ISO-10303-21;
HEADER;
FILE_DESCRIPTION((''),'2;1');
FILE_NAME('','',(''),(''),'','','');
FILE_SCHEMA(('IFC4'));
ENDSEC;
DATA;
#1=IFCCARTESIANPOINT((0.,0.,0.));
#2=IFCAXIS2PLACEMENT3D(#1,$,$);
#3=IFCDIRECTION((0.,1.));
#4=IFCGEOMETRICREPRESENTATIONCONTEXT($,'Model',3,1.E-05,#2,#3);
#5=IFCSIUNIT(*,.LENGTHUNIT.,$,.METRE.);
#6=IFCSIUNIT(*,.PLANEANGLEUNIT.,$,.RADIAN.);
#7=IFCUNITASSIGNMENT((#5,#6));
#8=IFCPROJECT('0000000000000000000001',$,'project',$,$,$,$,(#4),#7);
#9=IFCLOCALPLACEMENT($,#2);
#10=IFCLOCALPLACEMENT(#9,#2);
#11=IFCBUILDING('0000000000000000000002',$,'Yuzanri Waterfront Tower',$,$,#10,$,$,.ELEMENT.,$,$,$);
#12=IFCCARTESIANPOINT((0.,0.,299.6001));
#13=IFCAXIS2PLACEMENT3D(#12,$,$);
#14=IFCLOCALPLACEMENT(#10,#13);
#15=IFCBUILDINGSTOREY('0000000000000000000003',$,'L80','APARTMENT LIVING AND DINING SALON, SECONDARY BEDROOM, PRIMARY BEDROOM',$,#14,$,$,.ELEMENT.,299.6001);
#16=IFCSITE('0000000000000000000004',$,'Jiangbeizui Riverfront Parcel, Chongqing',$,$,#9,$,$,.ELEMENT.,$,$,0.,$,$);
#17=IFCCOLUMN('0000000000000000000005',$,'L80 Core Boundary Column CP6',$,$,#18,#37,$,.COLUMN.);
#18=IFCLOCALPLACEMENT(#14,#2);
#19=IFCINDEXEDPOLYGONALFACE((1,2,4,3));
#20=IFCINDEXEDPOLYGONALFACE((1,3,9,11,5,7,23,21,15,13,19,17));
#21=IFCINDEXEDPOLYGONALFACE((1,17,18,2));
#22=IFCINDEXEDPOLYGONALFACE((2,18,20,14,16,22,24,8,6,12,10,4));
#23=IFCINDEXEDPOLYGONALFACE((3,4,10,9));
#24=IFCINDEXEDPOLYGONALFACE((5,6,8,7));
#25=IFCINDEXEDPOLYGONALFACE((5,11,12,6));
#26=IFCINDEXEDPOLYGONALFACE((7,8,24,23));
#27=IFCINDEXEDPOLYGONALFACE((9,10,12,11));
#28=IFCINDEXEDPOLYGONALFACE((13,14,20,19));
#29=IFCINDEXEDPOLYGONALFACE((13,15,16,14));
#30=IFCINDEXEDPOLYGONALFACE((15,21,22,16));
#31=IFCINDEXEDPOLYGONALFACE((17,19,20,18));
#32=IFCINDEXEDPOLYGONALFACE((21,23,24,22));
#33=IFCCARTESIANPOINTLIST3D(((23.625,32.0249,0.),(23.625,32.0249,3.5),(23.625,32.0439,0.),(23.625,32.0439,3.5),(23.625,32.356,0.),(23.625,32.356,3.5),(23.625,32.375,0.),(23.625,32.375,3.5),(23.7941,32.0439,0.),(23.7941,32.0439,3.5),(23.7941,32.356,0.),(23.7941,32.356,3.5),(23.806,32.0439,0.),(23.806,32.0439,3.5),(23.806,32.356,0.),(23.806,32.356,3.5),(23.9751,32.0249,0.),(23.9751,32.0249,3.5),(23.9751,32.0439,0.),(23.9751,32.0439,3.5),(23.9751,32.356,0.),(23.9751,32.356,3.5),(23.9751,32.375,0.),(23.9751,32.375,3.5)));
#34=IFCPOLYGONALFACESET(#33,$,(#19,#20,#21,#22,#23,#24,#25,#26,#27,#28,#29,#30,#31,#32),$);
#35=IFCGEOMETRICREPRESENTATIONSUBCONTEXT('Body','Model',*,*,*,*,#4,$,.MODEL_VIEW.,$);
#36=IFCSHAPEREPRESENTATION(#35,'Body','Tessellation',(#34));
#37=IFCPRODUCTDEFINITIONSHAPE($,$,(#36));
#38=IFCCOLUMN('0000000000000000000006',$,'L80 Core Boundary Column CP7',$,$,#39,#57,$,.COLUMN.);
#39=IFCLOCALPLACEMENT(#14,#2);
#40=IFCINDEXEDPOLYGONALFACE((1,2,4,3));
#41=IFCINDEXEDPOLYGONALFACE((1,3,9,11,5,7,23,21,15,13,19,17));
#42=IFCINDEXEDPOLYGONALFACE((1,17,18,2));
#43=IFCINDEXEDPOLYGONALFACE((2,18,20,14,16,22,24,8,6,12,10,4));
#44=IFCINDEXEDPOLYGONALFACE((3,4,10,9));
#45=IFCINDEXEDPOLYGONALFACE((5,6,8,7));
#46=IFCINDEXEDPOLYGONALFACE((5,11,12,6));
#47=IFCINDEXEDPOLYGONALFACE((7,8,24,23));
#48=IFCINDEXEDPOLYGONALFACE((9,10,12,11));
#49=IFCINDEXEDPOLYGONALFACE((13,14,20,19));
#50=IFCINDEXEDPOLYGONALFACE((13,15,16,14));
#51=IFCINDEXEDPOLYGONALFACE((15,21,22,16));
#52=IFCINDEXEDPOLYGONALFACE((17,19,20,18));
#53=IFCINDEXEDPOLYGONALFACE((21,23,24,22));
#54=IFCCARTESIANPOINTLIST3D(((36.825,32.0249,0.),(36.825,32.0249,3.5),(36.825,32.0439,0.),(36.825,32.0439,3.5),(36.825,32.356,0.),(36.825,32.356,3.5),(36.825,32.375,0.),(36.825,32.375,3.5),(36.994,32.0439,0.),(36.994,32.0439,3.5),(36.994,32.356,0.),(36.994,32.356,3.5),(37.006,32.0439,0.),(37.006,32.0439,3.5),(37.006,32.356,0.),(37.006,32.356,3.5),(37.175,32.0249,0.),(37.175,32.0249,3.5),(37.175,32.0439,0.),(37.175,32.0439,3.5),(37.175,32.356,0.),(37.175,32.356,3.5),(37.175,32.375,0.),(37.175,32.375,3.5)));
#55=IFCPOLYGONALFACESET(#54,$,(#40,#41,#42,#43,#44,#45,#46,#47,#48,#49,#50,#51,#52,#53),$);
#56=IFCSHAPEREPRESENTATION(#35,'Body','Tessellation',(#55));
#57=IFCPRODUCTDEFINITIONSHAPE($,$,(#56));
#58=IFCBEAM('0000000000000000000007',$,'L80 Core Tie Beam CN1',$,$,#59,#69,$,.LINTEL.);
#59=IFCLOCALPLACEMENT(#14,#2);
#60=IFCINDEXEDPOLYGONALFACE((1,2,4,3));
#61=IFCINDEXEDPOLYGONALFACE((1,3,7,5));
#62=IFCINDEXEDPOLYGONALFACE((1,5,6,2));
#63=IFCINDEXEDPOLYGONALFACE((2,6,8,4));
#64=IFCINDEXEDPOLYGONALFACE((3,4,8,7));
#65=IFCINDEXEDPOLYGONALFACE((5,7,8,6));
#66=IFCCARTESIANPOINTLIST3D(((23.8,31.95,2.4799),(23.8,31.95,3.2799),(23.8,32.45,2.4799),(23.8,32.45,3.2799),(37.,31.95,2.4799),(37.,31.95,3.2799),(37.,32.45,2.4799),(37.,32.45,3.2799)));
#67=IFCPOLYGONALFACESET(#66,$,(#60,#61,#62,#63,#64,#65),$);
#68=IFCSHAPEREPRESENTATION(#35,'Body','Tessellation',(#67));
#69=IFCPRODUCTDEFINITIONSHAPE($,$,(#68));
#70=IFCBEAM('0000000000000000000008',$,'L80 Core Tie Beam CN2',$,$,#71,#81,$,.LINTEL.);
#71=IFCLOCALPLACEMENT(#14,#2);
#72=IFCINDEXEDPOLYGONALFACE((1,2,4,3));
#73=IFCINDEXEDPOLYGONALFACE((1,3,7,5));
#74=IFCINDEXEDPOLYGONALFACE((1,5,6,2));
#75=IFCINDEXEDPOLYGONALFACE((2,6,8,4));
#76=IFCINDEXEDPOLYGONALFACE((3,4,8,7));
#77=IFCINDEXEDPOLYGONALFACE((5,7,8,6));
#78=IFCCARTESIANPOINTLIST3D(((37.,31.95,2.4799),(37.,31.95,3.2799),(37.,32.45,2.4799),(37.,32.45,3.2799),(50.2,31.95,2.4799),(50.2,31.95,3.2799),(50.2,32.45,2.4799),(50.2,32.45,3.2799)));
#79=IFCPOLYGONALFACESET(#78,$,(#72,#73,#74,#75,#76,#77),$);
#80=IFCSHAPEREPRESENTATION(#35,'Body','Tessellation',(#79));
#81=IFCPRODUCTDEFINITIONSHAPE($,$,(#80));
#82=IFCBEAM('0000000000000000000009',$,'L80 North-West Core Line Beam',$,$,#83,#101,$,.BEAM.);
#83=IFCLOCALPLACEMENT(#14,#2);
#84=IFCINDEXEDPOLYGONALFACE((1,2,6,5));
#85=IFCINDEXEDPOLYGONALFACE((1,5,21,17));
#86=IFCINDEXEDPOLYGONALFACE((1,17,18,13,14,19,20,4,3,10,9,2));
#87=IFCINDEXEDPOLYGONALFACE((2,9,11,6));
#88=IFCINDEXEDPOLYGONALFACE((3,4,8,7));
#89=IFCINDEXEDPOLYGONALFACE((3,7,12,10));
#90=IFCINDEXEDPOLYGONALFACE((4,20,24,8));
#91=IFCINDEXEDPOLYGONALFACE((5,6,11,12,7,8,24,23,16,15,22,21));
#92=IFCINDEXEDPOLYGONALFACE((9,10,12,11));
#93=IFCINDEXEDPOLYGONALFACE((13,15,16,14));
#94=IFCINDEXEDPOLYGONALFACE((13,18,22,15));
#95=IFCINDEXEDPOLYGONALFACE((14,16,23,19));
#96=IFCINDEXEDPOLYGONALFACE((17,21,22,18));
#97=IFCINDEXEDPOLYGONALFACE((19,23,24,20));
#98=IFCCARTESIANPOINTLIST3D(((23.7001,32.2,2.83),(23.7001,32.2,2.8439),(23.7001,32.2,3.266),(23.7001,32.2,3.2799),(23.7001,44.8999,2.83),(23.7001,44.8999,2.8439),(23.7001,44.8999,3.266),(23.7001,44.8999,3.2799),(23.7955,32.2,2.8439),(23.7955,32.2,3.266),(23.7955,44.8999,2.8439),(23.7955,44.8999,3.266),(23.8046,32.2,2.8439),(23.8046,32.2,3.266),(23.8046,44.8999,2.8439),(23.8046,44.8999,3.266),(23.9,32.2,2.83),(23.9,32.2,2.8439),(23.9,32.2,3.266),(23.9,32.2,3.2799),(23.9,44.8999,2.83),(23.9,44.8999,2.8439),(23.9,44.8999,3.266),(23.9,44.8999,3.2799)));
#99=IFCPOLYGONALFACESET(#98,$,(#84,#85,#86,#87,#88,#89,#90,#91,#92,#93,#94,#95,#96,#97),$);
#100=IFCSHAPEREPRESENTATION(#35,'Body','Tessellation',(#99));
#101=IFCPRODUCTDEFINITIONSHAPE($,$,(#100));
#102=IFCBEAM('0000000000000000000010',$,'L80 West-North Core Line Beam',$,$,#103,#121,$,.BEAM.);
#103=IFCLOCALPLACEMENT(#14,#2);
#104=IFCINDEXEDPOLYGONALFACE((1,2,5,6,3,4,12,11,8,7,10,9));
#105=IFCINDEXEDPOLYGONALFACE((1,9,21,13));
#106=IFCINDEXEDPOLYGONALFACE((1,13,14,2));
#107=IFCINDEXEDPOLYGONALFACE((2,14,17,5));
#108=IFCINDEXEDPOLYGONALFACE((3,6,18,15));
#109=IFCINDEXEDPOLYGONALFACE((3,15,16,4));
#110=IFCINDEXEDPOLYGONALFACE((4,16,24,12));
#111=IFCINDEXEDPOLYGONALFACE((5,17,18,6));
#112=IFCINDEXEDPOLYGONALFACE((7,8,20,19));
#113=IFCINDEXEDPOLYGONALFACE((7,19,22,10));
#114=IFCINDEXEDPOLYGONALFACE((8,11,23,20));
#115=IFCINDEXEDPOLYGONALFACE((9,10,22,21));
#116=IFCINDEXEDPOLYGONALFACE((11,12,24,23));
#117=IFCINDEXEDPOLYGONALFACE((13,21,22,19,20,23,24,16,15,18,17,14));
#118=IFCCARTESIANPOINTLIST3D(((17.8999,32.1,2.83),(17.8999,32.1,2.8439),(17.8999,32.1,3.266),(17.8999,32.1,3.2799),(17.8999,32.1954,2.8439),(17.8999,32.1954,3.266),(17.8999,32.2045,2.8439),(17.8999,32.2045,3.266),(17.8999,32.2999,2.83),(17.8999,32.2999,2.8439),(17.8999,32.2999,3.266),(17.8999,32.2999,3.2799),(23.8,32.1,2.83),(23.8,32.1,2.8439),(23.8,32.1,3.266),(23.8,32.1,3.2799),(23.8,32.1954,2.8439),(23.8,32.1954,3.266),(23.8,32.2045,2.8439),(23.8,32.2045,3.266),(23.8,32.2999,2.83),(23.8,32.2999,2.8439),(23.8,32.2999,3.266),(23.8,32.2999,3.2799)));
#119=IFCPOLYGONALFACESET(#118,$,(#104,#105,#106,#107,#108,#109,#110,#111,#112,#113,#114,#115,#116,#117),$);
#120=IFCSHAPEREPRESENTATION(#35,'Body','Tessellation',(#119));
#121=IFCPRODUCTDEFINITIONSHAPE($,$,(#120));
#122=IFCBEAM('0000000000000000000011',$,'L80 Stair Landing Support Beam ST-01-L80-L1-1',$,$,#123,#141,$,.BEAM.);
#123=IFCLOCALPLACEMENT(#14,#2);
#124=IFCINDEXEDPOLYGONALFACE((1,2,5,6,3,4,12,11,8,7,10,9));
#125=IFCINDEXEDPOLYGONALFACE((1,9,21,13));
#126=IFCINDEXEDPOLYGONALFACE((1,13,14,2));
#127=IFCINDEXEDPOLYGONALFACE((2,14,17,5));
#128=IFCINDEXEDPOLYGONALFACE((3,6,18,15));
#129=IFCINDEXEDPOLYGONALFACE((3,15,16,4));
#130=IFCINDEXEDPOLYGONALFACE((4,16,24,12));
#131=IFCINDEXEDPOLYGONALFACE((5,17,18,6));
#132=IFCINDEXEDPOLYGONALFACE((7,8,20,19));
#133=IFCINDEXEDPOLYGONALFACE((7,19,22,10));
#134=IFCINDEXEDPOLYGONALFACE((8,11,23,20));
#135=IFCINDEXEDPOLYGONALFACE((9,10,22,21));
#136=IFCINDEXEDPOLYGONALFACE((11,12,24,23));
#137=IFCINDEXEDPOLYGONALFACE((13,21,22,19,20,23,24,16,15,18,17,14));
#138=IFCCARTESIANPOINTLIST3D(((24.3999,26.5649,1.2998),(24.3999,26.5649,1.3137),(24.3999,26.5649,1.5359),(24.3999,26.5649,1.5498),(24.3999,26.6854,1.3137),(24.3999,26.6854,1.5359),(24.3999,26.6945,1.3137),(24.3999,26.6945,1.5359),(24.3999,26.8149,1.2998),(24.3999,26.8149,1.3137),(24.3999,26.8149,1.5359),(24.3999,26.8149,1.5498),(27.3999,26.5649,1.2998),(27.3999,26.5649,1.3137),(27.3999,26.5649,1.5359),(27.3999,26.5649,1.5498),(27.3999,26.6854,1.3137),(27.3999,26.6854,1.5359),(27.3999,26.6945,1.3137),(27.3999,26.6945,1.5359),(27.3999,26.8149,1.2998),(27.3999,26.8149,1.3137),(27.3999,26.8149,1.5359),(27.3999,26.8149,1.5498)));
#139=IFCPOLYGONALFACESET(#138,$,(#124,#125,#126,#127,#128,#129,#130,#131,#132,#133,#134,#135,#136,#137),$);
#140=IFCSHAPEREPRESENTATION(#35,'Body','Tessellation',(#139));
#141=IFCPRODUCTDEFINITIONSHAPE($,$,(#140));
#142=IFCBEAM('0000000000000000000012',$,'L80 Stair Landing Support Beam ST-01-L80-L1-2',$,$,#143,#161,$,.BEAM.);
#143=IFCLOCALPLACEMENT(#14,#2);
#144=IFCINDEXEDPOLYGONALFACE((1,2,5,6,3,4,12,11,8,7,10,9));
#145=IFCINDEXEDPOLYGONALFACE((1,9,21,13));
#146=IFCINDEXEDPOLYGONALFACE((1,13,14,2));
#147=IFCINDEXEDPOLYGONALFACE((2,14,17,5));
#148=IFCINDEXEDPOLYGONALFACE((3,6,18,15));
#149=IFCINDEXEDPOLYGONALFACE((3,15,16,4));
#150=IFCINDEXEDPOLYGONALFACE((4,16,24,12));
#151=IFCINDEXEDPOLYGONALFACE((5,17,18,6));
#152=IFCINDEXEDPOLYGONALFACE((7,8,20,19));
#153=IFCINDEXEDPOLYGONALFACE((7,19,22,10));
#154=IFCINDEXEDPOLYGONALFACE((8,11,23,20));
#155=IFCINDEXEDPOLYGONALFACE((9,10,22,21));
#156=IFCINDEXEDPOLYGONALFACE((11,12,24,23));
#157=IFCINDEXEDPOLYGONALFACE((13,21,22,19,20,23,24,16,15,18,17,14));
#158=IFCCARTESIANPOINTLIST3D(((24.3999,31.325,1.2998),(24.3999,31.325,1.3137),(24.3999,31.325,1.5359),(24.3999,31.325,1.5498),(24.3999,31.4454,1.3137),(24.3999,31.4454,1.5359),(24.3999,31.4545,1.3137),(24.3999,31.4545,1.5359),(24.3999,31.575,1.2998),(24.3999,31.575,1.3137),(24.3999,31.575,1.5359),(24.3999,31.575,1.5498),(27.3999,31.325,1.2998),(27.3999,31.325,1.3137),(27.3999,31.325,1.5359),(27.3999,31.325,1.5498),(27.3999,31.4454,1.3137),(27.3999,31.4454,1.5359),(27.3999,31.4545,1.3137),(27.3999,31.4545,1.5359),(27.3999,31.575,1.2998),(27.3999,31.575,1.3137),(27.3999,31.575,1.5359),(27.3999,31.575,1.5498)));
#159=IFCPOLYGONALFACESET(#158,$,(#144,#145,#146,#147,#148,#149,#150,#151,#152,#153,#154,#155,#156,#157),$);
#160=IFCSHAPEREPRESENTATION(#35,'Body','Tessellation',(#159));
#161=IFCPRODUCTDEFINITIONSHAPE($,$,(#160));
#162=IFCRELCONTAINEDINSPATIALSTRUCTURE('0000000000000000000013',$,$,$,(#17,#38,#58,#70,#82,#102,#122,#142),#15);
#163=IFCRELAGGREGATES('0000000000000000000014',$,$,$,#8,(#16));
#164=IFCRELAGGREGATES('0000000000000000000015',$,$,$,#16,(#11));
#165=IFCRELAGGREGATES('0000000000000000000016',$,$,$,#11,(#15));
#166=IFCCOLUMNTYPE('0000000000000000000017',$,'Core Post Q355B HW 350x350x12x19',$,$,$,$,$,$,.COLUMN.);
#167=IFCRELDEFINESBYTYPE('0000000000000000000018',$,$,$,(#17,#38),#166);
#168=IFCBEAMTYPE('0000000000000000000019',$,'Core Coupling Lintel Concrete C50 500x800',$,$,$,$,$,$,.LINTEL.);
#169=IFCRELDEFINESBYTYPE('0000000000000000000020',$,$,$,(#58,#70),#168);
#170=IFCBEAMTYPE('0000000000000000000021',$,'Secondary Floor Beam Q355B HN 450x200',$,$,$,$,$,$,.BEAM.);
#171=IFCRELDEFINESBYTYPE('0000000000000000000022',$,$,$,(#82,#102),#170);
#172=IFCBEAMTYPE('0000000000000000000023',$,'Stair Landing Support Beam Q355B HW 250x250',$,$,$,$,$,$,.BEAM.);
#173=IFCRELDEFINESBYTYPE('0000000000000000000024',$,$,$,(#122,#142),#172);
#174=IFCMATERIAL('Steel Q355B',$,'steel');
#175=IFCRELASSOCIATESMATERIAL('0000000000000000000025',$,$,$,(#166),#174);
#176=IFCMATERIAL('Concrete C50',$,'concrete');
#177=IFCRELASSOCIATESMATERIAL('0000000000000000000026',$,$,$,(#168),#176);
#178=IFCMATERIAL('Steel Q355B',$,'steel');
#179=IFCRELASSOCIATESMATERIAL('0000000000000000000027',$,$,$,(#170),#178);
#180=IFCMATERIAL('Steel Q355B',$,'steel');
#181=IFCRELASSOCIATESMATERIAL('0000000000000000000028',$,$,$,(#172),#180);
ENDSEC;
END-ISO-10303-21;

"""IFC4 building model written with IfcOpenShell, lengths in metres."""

from ifc_helpers import new_model, si_unit, direction, frame, origin, origin_2d, place, context, subcontext, project, spatial, rectangle, i_section, extrude, source, transform, mapped, material, material_profile, profile_set, type_object, element, save


model = new_model("IFC4")

# Units and contexts
model_context = context("Model", 3, precision=1e-05, world=origin(), true_north=direction((0.0, 1.0)))
body_context = subcontext(model_context, "Body", "Model", "MODEL_VIEW")
ifc_project = project(units=[si_unit("LENGTHUNIT", "METRE"), si_unit("PLANEANGLEUNIT", "RADIAN")], contexts=[model_context])

# Site, building, storey
site_placement = place(None, origin())
site = spatial("IfcSite", under=ifc_project, at=site_placement, Name="Jiangbeizui Riverfront Parcel, Chongqing", CompositionType="ELEMENT", RefElevation=0.0)
building_placement = place(site_placement, origin())
building = spatial("IfcBuilding", under=site, at=building_placement, Name="Yuzanri Waterfront Tower", CompositionType="ELEMENT")
storey_placement = place(building_placement, frame((0.0, 0.0, 299.6001)))
storey = spatial("IfcBuildingStorey", under=building, at=storey_placement, Name="L80", Description="APARTMENT LIVING AND DINING SALON, SECONDARY BEDROOM, PRIMARY BEDROOM", CompositionType="ELEMENT", Elevation=299.6001)

# Columns
ifc_material_1 = material(Name="Steel Q355B", Category="steel")
ifc_material_profile_1 = material_profile(ifc_material_1, i_section(OverallWidth=0.3501, OverallDepth=0.3501, WebThickness=0.012, FlangeThickness=0.019, at=origin_2d()), Name="HW 350x350x12x19")
ifc_profile_set_1 = profile_set([ifc_material_profile_1], Name="Steel Q355B")
column_type = type_object("IfcColumnType", Name="Core Post Q355B HW 350x350x12x19", PredefinedType="COLUMN", material=ifc_profile_set_1)
shared_shape_1 = source(origin(), body_context, "Body", "SweptSolid", [
    extrude(i_section(OverallWidth=0.3501, OverallDepth=0.3501, WebThickness=0.012, FlangeThickness=0.019, at=origin_2d()), origin(), (0.0, 0.0, 1.0), 3.5),
])
for number, where, z_axis, x_axis, name in (
    (1, (23.8, 32.2, 0.0), (0.0, 0.0, 1.0), (1.0, 0.0, 0.0), "L80 Core Boundary Column CP6"),
    (2, (37.0, 32.2, 0.0), (0.0, 0.0, 1.0), (1.0, 0.0, 0.0), "L80 Core Boundary Column CP7"),
):
    element("IfcColumn", number, at=place(storey_placement, frame(where, z_axis=z_axis, x_axis=x_axis)), inside=storey, type_object=column_type, Name=name, PredefinedType="COLUMN", context=body_context, shape_type="MappedRepresentation", body=[
        mapped(shared_shape_1, transform((0.0, 0.0, 0.0), scale=1.0)),
    ])

# Beams
ifc_material_2 = material(Name="Concrete C50", Category="concrete")
ifc_material_profile_2 = material_profile(ifc_material_2, rectangle(XDim=0.5, YDim=0.8, at=origin_2d()), Name="RC 500x800")
ifc_profile_set_2 = profile_set([ifc_material_profile_2], Name="Concrete C50")
beam_type_1 = type_object("IfcBeamType", Name="Core Coupling Lintel Concrete C50 500x800", PredefinedType="LINTEL", material=ifc_profile_set_2)
shared_shape_2 = source(origin(), body_context, "Body", "SweptSolid", [
    extrude(rectangle(XDim=0.5, YDim=0.8, at=origin_2d()), origin(), (0.0, 0.0, 1.0), 13.2),
])
for number, where, z_axis, x_axis, name in (
    (3, (23.8, 32.2, 2.8799), (1.0, 0.0, 0.0), (0.0, 1.0, 0.0), "L80 Core Tie Beam CN1"),
    (4, (37.0, 32.2, 2.8799), (1.0, 0.0, 0.0), (0.0, 1.0, 0.0), "L80 Core Tie Beam CN2"),
):
    element("IfcBeam", number, at=place(storey_placement, frame(where, z_axis=z_axis, x_axis=x_axis)), inside=storey, type_object=beam_type_1, Name=name, PredefinedType="LINTEL", context=body_context, shape_type="MappedRepresentation", body=[
        mapped(shared_shape_2, transform((0.0, 0.0, 0.0), scale=1.0)),
    ])
ifc_material_3 = material(Name="Steel Q355B", Category="steel")
ifc_material_profile_3 = material_profile(ifc_material_3, i_section(OverallWidth=0.2, OverallDepth=0.45, WebThickness=0.009, FlangeThickness=0.0139, at=origin_2d()), Name="HN 450x200x9x14")
ifc_profile_set_3 = profile_set([ifc_material_profile_3], Name="Steel Q355B")
beam_type_2 = type_object("IfcBeamType", Name="Secondary Floor Beam Q355B HN 450x200", PredefinedType="BEAM", material=ifc_profile_set_3)
shared_shape_3 = source(origin(), body_context, "Body", "SweptSolid", [
    extrude(i_section(OverallWidth=0.2, OverallDepth=0.45, WebThickness=0.009, FlangeThickness=0.0139, at=origin_2d()), origin(), (0.0, 0.0, 1.0), 12.7),
])
beam_1_placement = place(storey_placement, frame((23.8, 32.2, 3.0549), z_axis=(0.0, 1.0, 0.0), x_axis=(-1.0, 0.0, 0.0)))
element("IfcBeam", 5, at=beam_1_placement, inside=storey, type_object=beam_type_2, Name="L80 North-West Core Line Beam", PredefinedType="BEAM", context=body_context, shape_type="MappedRepresentation", body=[
    mapped(shared_shape_3, transform((0.0, 0.0, 0.0), scale=1.0)),
])
shared_shape_4 = source(origin(), body_context, "Body", "SweptSolid", [
    extrude(i_section(OverallWidth=0.2, OverallDepth=0.45, WebThickness=0.009, FlangeThickness=0.0139, at=origin_2d()), origin(), (0.0, 0.0, 1.0), 5.9001),
])
beam_2_placement = place(storey_placement, frame((23.8, 32.2, 3.0549), z_axis=(-1.0, 0.0, 0.0), x_axis=(0.0, -1.0, 0.0)))
element("IfcBeam", 6, at=beam_2_placement, inside=storey, type_object=beam_type_2, Name="L80 West-North Core Line Beam", PredefinedType="BEAM", context=body_context, shape_type="MappedRepresentation", body=[
    mapped(shared_shape_4, transform((0.0, 0.0, 0.0), scale=1.0)),
])
ifc_material_4 = material(Name="Steel Q355B", Category="steel")
ifc_material_profile_4 = material_profile(ifc_material_4, i_section(OverallWidth=0.25, OverallDepth=0.25, WebThickness=0.009, FlangeThickness=0.0139, at=origin_2d()), Name="HW 250x250x9x14")
ifc_profile_set_4 = profile_set([ifc_material_profile_4], Name="Steel Q355B")
beam_type_3 = type_object("IfcBeamType", Name="Stair Landing Support Beam Q355B HW 250x250", PredefinedType="BEAM", material=ifc_profile_set_4)
shared_shape_5 = source(origin(), body_context, "Body", "SweptSolid", [
    extrude(i_section(OverallWidth=0.25, OverallDepth=0.25, WebThickness=0.009, FlangeThickness=0.0139, at=origin_2d()), origin(), (0.0, 0.0, 1.0), 3.0),
])
for number, where, z_axis, x_axis, name in (
    (7, (24.3999, 26.6899, 1.4248), (1.0, 0.0, 0.0), (0.0, 1.0, 0.0), "L80 Stair Landing Support Beam ST-01-L80-L1-1"),
    (8, (24.3999, 31.45, 1.4248), (1.0, 0.0, 0.0), (0.0, 1.0, 0.0), "L80 Stair Landing Support Beam ST-01-L80-L1-2"),
):
    element("IfcBeam", number, at=place(storey_placement, frame(where, z_axis=z_axis, x_axis=x_axis)), inside=storey, type_object=beam_type_3, Name=name, PredefinedType="BEAM", context=body_context, shape_type="MappedRepresentation", body=[
        mapped(shared_shape_5, transform((0.0, 0.0, 0.0), scale=1.0)),
    ])

save(model, "model.ifc")
